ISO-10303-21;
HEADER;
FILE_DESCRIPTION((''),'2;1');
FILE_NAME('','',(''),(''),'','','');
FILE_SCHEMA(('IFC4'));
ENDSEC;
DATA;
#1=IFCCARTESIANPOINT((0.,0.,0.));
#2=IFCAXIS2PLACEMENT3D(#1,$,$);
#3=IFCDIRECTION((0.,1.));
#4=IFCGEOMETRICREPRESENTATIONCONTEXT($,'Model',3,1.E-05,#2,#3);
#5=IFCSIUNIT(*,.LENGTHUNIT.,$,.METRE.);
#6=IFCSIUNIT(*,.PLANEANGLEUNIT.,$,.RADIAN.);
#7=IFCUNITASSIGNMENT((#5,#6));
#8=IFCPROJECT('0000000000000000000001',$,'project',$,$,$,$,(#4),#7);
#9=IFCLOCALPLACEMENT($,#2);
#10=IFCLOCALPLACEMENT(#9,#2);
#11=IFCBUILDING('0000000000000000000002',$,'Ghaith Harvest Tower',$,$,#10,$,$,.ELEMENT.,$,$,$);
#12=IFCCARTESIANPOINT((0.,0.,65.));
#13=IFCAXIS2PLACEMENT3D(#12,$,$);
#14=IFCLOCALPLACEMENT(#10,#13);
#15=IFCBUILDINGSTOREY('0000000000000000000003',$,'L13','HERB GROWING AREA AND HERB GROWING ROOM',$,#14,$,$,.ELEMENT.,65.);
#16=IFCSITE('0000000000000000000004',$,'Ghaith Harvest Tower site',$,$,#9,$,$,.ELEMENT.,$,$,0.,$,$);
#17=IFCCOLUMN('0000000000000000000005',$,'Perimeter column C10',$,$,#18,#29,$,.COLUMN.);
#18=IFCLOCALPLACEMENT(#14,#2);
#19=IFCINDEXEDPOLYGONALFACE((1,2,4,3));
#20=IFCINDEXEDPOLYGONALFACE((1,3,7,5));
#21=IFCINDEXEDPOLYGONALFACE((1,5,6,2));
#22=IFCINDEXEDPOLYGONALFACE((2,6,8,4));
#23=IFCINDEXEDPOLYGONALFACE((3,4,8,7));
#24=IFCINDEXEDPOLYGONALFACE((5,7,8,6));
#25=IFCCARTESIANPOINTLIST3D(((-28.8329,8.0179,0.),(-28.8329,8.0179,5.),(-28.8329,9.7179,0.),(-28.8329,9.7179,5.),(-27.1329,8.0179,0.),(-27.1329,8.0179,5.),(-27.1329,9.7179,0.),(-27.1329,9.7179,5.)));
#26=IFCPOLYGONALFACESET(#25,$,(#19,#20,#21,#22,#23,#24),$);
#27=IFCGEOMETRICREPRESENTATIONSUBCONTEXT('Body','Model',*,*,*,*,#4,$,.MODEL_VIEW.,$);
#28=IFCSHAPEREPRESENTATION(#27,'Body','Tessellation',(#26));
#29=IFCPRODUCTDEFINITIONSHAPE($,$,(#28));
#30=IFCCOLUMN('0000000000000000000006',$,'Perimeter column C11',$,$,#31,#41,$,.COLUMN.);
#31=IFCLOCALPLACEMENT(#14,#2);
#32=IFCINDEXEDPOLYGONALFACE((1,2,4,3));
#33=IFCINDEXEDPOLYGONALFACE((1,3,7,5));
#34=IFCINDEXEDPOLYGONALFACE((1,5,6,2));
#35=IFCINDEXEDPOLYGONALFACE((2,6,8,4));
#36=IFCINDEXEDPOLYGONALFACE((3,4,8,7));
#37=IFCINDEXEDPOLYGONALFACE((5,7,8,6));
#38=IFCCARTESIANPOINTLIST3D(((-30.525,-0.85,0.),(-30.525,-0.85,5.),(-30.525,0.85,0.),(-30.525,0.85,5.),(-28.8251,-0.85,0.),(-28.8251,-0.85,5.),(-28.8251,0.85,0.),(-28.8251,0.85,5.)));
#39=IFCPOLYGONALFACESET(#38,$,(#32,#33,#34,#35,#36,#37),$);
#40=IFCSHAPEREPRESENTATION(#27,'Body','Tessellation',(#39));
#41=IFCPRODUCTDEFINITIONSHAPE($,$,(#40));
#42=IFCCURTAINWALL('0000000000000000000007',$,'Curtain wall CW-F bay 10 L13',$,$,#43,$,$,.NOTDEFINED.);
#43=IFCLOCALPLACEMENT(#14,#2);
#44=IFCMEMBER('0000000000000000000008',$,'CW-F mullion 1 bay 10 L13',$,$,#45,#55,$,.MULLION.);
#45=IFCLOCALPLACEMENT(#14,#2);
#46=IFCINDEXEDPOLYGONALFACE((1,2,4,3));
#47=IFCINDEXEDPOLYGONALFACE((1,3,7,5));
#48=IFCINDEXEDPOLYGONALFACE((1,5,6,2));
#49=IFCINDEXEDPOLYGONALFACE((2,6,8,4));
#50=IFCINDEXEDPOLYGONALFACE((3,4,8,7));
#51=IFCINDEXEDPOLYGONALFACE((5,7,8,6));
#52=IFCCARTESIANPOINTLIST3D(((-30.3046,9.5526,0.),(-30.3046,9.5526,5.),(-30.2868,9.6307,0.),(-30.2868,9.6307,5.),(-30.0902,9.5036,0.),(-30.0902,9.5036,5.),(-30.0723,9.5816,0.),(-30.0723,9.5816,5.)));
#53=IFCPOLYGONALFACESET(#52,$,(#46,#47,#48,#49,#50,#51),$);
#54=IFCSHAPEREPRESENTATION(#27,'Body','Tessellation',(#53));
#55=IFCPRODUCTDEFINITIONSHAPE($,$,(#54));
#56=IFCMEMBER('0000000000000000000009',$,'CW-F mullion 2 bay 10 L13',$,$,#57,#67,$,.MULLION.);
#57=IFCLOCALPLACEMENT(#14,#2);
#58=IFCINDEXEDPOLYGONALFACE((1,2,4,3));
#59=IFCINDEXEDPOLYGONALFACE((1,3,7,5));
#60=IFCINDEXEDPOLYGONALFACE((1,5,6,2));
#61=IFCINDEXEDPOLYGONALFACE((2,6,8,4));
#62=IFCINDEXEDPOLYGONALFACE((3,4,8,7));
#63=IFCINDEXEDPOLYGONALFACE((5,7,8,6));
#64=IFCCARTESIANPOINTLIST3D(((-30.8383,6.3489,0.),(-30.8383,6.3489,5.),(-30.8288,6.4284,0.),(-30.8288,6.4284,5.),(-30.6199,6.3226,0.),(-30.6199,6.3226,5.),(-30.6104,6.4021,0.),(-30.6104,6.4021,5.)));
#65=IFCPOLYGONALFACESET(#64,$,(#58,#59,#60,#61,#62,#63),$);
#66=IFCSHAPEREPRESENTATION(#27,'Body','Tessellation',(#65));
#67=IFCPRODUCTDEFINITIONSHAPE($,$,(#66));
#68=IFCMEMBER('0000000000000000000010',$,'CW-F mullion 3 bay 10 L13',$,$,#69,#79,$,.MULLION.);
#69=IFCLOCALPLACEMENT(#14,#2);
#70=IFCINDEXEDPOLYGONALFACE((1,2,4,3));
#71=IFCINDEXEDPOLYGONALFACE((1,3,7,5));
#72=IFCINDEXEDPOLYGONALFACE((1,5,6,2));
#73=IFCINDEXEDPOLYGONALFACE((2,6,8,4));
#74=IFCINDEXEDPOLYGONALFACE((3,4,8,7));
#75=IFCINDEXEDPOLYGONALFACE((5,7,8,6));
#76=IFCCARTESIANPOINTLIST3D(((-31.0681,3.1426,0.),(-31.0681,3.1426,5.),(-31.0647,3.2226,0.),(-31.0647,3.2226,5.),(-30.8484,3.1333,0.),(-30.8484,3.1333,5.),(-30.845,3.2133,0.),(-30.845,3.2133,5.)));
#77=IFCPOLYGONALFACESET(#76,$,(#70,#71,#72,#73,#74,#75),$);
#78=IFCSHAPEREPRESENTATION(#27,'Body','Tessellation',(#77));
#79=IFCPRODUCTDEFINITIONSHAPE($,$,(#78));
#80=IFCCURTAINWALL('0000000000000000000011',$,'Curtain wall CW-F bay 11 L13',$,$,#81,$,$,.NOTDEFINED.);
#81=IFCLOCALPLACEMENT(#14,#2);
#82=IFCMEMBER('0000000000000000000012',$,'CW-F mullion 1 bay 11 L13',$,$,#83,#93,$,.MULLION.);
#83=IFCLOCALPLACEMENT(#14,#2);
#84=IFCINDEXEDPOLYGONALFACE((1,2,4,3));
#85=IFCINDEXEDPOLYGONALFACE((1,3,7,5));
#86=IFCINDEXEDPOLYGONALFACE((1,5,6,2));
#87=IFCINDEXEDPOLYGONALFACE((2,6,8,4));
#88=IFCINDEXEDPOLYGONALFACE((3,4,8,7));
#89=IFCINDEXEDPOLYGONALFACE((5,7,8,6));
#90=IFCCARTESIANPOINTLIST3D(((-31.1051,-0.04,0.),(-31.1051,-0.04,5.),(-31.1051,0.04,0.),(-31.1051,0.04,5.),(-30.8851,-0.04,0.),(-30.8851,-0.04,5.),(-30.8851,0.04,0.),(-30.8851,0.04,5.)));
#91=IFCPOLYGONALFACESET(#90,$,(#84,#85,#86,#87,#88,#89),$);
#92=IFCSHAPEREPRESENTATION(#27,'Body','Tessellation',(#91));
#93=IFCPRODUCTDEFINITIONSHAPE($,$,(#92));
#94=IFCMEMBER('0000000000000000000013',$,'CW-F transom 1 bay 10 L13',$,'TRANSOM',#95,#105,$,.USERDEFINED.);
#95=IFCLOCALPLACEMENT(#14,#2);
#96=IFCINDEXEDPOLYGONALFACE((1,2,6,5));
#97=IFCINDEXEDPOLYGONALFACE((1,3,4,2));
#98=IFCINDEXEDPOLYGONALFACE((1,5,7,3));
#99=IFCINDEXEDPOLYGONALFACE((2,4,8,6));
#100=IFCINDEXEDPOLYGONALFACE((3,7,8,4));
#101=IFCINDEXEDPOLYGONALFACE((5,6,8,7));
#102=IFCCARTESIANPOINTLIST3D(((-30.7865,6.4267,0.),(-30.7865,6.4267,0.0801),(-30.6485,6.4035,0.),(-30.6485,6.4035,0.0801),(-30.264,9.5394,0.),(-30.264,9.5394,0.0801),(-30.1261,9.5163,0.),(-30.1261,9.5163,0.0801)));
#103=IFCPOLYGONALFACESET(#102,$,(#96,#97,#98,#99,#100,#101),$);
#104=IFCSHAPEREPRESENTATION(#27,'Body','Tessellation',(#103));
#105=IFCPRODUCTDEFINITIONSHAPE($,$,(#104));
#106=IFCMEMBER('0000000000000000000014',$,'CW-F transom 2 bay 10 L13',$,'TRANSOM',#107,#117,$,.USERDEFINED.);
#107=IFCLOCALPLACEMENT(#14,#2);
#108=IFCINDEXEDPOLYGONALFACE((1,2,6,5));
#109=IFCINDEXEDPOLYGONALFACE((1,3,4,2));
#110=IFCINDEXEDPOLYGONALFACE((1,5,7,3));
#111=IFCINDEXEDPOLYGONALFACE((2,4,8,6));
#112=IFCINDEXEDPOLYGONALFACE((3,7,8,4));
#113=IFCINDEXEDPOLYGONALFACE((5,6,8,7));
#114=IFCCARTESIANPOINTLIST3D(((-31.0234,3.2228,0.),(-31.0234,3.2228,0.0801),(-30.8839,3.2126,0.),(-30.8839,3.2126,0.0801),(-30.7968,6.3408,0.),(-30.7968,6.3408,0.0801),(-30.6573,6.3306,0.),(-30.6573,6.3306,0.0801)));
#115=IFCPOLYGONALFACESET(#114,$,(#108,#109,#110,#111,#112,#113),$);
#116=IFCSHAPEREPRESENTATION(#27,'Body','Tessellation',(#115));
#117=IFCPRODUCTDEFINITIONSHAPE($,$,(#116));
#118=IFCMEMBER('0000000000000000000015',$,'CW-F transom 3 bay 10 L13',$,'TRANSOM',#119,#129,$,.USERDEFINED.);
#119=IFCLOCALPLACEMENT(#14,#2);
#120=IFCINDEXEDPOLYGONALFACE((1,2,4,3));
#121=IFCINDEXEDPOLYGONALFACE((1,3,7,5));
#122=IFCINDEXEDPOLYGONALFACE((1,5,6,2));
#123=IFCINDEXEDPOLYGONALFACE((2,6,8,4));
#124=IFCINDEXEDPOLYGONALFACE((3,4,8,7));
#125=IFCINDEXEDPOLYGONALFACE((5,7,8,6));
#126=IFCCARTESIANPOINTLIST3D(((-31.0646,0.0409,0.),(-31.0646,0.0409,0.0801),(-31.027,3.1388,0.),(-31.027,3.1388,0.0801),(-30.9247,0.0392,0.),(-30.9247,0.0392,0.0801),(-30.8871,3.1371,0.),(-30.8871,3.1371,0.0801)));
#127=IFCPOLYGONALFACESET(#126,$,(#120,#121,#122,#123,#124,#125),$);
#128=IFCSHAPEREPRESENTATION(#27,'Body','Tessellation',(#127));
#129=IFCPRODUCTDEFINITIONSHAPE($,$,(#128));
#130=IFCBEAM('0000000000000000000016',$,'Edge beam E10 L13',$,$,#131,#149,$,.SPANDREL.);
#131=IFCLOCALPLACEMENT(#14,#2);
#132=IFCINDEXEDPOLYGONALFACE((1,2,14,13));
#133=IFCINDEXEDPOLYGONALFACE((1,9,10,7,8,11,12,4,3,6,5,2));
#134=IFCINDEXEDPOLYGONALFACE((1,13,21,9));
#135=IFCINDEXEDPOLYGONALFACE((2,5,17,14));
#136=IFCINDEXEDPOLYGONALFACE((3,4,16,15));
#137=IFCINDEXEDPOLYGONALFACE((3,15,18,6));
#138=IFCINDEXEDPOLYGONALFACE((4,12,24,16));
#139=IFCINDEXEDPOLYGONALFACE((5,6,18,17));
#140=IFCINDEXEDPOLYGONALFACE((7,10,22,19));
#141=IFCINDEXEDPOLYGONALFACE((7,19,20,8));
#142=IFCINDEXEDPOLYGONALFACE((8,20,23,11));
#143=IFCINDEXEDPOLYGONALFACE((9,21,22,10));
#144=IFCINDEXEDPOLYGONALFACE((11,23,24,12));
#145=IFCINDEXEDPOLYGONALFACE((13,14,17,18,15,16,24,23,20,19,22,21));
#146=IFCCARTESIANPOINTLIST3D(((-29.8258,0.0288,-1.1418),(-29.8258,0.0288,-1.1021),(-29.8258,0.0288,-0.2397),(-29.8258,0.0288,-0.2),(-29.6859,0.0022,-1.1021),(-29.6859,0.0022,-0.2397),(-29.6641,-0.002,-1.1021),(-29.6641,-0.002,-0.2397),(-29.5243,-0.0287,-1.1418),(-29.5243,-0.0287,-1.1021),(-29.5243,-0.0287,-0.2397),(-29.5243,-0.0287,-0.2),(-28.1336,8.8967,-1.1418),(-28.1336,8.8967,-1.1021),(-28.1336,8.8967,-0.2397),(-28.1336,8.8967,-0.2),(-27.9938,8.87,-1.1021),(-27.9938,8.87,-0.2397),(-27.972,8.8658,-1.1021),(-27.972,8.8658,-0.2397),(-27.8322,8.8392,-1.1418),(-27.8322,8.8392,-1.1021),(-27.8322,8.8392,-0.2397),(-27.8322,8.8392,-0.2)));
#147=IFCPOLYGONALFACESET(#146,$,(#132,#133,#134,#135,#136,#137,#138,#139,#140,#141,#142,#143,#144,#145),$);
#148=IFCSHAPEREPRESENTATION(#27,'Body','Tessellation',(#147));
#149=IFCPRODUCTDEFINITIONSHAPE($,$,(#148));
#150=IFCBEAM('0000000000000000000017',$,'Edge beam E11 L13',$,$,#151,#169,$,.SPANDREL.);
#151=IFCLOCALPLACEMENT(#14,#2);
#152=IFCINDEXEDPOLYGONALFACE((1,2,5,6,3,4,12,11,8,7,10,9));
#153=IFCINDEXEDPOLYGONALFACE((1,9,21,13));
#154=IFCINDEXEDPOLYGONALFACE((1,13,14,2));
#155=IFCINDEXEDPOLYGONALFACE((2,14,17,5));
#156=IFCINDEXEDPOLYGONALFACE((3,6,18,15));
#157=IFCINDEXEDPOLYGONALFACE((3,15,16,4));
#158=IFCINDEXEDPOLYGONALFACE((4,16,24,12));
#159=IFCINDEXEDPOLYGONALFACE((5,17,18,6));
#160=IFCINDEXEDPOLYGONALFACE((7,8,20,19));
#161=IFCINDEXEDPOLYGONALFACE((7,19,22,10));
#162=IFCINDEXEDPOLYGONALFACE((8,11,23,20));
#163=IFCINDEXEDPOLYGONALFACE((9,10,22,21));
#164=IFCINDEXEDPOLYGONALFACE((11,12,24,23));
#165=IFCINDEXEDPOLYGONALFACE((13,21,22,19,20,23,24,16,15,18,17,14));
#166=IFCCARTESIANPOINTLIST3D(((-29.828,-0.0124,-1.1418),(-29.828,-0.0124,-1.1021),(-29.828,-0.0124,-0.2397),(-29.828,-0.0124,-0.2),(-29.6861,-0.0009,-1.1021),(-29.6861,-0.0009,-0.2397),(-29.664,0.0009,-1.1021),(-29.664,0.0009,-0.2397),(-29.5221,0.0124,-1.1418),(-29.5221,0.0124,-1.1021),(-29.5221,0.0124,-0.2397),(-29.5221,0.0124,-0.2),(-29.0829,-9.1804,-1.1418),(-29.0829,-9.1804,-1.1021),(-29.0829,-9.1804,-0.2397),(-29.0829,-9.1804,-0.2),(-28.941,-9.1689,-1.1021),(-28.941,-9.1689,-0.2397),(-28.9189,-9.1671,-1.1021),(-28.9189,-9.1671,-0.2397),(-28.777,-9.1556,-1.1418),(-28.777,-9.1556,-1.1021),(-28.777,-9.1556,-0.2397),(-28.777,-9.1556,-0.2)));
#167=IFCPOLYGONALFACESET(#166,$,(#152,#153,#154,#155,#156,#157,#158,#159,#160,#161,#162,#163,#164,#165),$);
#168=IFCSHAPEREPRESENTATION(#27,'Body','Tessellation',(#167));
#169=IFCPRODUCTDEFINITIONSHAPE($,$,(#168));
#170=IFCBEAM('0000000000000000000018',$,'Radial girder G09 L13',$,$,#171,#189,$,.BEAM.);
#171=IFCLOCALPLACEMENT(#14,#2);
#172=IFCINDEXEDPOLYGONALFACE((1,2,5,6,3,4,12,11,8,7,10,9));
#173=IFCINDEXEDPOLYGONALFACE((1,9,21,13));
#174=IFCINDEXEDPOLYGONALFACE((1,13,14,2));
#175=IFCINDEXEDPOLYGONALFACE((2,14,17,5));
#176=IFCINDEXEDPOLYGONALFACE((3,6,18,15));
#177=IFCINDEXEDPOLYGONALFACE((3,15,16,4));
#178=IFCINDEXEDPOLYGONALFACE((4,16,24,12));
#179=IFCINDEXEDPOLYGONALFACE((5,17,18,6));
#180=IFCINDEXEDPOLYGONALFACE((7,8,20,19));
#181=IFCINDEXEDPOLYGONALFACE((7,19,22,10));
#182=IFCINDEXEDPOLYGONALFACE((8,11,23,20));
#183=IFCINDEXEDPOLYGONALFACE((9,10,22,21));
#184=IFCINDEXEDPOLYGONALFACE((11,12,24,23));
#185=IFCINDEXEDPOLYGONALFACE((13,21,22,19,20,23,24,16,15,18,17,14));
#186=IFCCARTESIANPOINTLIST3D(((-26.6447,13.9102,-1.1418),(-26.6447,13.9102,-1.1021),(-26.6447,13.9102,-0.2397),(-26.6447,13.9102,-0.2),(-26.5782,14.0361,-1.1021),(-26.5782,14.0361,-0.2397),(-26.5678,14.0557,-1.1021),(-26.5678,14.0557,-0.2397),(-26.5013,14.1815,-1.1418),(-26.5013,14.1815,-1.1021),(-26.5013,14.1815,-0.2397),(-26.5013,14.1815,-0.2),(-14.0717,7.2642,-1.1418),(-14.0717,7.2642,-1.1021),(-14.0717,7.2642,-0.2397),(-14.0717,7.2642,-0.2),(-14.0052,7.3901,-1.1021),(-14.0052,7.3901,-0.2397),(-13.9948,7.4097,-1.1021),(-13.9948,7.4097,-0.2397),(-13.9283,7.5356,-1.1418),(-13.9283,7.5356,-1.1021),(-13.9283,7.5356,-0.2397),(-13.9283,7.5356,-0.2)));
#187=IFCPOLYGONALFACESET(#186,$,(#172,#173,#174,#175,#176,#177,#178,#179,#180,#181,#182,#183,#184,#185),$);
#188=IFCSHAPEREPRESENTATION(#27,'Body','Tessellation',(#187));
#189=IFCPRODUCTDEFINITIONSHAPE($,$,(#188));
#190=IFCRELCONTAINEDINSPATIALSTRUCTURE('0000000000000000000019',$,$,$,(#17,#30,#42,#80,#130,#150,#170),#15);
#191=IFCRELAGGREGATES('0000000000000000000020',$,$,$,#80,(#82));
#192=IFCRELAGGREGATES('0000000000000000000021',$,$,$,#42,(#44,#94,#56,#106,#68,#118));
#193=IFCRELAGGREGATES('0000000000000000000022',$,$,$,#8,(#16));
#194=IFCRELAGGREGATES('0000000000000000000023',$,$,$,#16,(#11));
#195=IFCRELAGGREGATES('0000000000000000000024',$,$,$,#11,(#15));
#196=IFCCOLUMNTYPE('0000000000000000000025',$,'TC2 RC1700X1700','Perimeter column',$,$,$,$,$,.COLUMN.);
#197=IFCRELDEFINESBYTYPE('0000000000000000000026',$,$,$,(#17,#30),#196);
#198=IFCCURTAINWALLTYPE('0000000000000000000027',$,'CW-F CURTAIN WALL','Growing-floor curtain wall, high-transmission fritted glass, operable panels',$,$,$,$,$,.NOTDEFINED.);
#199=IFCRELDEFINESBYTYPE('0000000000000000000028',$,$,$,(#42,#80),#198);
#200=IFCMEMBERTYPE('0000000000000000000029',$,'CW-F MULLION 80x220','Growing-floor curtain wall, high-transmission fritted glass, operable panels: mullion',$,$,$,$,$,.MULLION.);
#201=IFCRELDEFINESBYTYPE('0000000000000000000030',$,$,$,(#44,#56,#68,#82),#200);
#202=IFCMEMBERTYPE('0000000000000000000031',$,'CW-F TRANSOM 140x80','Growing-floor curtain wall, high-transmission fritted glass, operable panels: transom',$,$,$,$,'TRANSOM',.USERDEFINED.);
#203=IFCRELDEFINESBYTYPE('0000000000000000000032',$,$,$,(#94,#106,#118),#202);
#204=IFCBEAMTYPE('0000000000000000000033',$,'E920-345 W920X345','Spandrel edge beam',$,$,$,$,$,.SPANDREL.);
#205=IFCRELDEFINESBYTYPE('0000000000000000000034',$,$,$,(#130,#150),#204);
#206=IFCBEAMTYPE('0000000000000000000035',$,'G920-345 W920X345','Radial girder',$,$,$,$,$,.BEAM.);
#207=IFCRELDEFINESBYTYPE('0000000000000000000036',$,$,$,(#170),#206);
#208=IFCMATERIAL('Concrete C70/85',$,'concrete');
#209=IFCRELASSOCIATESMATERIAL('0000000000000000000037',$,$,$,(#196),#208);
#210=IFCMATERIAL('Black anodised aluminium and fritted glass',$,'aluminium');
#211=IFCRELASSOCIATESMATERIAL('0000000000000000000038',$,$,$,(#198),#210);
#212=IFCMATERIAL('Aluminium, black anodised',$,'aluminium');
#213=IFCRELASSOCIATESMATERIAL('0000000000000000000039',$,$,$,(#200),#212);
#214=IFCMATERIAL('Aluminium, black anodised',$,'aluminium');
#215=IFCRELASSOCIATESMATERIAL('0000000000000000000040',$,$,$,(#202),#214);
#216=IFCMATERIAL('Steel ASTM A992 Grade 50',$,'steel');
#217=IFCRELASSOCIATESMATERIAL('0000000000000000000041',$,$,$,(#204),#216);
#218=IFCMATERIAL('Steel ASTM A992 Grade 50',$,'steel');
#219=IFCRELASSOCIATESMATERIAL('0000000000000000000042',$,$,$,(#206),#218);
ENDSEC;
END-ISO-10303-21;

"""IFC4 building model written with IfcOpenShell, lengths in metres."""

from ifc_helpers import new_model, si_unit, direction, frame, origin, origin_2d, place, context, subcontext, project, spatial, rectangle, i_section, extrude, material, material_profile, profile_set, type_object, element, aggregate, save


model = new_model("IFC4")

# Units and contexts
model_context = context("Model", 3, precision=1e-05, world=origin(), true_north=direction((0.0, 1.0)))
body_context = subcontext(model_context, "Body", "Model", "MODEL_VIEW")
ifc_project = project(units=[si_unit("LENGTHUNIT", "METRE"), si_unit("PLANEANGLEUNIT", "RADIAN")], contexts=[model_context])

# Site, building, storey
site_placement = place(None, origin())
site = spatial("IfcSite", under=ifc_project, at=site_placement, Name="Ghaith Harvest Tower site", CompositionType="ELEMENT", RefElevation=0.0)
building_placement = place(site_placement, origin())
building = spatial("IfcBuilding", under=site, at=building_placement, Name="Ghaith Harvest Tower", CompositionType="ELEMENT")
storey_placement = place(building_placement, frame((0.0, 0.0, 65.0)))
storey = spatial("IfcBuildingStorey", under=building, at=storey_placement, Name="L13", Description="HERB GROWING AREA AND HERB GROWING ROOM", CompositionType="ELEMENT", Elevation=65.0)

# Columns
ifc_material_1 = material(Name="Concrete C70/85", Category="concrete")
ifc_material_profile_1 = material_profile(ifc_material_1, rectangle(XDim=1.7, YDim=1.7, at=origin_2d()), Name="RC1700X1700")
ifc_profile_set_1 = profile_set([ifc_material_profile_1], Name="Concrete C70/85")
column_type = type_object("IfcColumnType", Name="TC2 RC1700X1700", Description="Perimeter column", PredefinedType="COLUMN", material=ifc_profile_set_1)
for number, where, z_axis, x_axis, name in (
    (1, (-27.9829, 8.8679, 0.0), (0.0, 0.0, 1.0), (1.0, 0.0, 0.0), "Perimeter column C10"),
    (2, (-29.675, 0.0, 0.0), (0.0, 0.0, 1.0), (1.0, 0.0, 0.0), "Perimeter column C11"),
):
    element("IfcColumn", number, at=place(storey_placement, frame(where, z_axis=z_axis, x_axis=x_axis)), inside=storey, type_object=column_type, Name=name, PredefinedType="COLUMN", context=body_context, shape_type="SweptSolid", body=[
        extrude(rectangle(XDim=1.7, YDim=1.7, at=origin_2d()), origin(), (0.0, 0.0, 1.0), 5.0),
    ])

# Curtain wall, members
ifc_material_2 = material(Name="Black anodised aluminium and fritted glass", Category="aluminium")
curtain_wall_type = type_object("IfcCurtainWallType", Name="CW-F CURTAIN WALL", Description="Growing-floor curtain wall, high-transmission fritted glass, operable panels", PredefinedType="NOTDEFINED", material=ifc_material_2)
curtain_wall_1_placement = place(storey_placement, origin())
curtain_wall_1 = element("IfcCurtainWall", 3, at=curtain_wall_1_placement, inside=storey, type_object=curtain_wall_type, Name="Curtain wall CW-F bay 10 L13", PredefinedType="NOTDEFINED")
ifc_material_3 = material(Name="Aluminium, black anodised", Category="aluminium")
ifc_material_profile_2 = material_profile(ifc_material_3, rectangle(XDim=0.0801, YDim=0.22, at=origin_2d()), Name="CW-F MULLION 80x220")
ifc_profile_set_2 = profile_set([ifc_material_profile_2], Name="Aluminium, black anodised")
member_type_1 = type_object("IfcMemberType", Name="CW-F MULLION 80x220", Description="Growing-floor curtain wall, high-transmission fritted glass, operable panels: mullion", PredefinedType="MULLION", material=ifc_profile_set_2)
member_1_placement = place(storey_placement, frame((-30.1885, 9.5671, 0.0), z_axis=(0.0, 0.0, 1.0), x_axis=(-0.222967, -0.974826, 0.0)))
member_1 = element("IfcMember", 4, at=member_1_placement, type_object=member_type_1, Name="CW-F mullion 1 bay 10 L13", PredefinedType="MULLION", context=body_context, shape_type="SweptSolid", body=[
    extrude(rectangle(XDim=0.0801, YDim=0.22, at=origin_2d()), origin(), (0.0, 0.0, 1.0), 5.0),
])
member_2_placement = place(storey_placement, frame((-30.7244, 6.3755, 0.0), z_axis=(0.0, 0.0, 1.0), x_axis=(-0.119353, -0.992852, 0.0)))
member_2 = element("IfcMember", 5, at=member_2_placement, type_object=member_type_1, Name="CW-F mullion 2 bay 10 L13", PredefinedType="MULLION", context=body_context, shape_type="SweptSolid", body=[
    extrude(rectangle(XDim=0.0801, YDim=0.22, at=origin_2d()), origin(), (0.0, 0.0, 1.0), 5.0),
])
member_3_placement = place(storey_placement, frame((-30.9565, 3.178, 0.0), z_axis=(0.0, 0.0, 1.0), x_axis=(-0.042427, -0.9991, 0.0)))
member_3 = element("IfcMember", 6, at=member_3_placement, type_object=member_type_1, Name="CW-F mullion 3 bay 10 L13", PredefinedType="MULLION", context=body_context, shape_type="SweptSolid", body=[
    extrude(rectangle(XDim=0.0801, YDim=0.22, at=origin_2d()), origin(), (0.0, 0.0, 1.0), 5.0),
])

# Curtain wall, member
curtain_wall_2_placement = place(storey_placement, origin())
curtain_wall_2 = element("IfcCurtainWall", 7, at=curtain_wall_2_placement, inside=storey, type_object=curtain_wall_type, Name="Curtain wall CW-F bay 11 L13", PredefinedType="NOTDEFINED")
member_4_placement = place(storey_placement, frame((-30.9951, 0.0, 0.0), z_axis=(0.0, 0.0, 1.0), x_axis=(0.0, -1.0, 0.0)))
member_4 = element("IfcMember", 8, at=member_4_placement, type_object=member_type_1, Name="CW-F mullion 1 bay 11 L13", PredefinedType="MULLION", context=body_context, shape_type="SweptSolid", body=[
    extrude(rectangle(XDim=0.0801, YDim=0.22, at=origin_2d()), origin(), (0.0, 0.0, 1.0), 5.0),
])
aggregate(curtain_wall_2, [member_4])

# Members
ifc_material_4 = material(Name="Aluminium, black anodised", Category="aluminium")
ifc_material_profile_3 = material_profile(ifc_material_4, rectangle(XDim=0.1399, YDim=0.0801, at=origin_2d()), Name="CW-F TRANSOM 140x80")
ifc_profile_set_3 = profile_set([ifc_material_profile_3], Name="Aluminium, black anodised")
member_type_2 = type_object("IfcMemberType", Name="CW-F TRANSOM 140x80", Description="Growing-floor curtain wall, high-transmission fritted glass, operable panels: transom", ElementType="TRANSOM", PredefinedType="USERDEFINED", material=ifc_profile_set_3)
member_5_placement = place(storey_placement, frame((-30.1951, 9.5278, 0.04), z_axis=(-0.165528, -0.986205, 0.0), x_axis=(0.986205, -0.165528, 0.0)))
member_5 = element("IfcMember", 9, at=member_5_placement, type_object=member_type_2, Name="CW-F transom 1 bay 10 L13", ObjectType="TRANSOM", PredefinedType="USERDEFINED", context=body_context, shape_type="SweptSolid", body=[
    extrude(rectangle(XDim=0.1399, YDim=0.0801, at=origin_2d()), origin(), (0.0, 0.0, 1.0), 3.1562),
])
member_6_placement = place(storey_placement, frame((-30.7271, 6.3357, 0.04), z_axis=(-0.072474, -0.99737, 0.0), x_axis=(0.99737, -0.072474, 0.0)))
member_6 = element("IfcMember", 10, at=member_6_placement, type_object=member_type_2, Name="CW-F transom 2 bay 10 L13", ObjectType="TRANSOM", PredefinedType="USERDEFINED", context=body_context, shape_type="SweptSolid", body=[
    extrude(rectangle(XDim=0.1399, YDim=0.0801, at=origin_2d()), origin(), (0.0, 0.0, 1.0), 3.1262),
])
member_7_placement = place(storey_placement, frame((-30.957, 3.1379, 0.04), z_axis=(-0.012136, -0.999926, 0.0), x_axis=(0.999926, -0.012136, 0.0)))
member_7 = element("IfcMember", 11, at=member_7_placement, type_object=member_type_2, Name="CW-F transom 3 bay 10 L13", ObjectType="TRANSOM", PredefinedType="USERDEFINED", context=body_context, shape_type="SweptSolid", body=[
    extrude(rectangle(XDim=0.1399, YDim=0.0801, at=origin_2d()), origin(), (0.0, 0.0, 1.0), 3.0981),
])

# Beams
ifc_material_5 = material(Name="Steel ASTM A992 Grade 50", Category="steel")
ifc_material_profile_4 = material_profile(ifc_material_5, i_section(OverallWidth=0.3069, OverallDepth=0.9419, WebThickness=0.0222, FlangeThickness=0.0398, at=origin_2d()), Name="W920X345")
ifc_profile_set_4 = profile_set([ifc_material_profile_4], Name="Steel ASTM A992 Grade 50")
beam_type_1 = type_object("IfcBeamType", Name="E920-345 W920X345", Description="Spandrel edge beam", PredefinedType="SPANDREL", material=ifc_profile_set_4)
beam_1_placement = place(storey_placement, frame((-27.9829, 8.8679, -0.6709), z_axis=(-0.187434, -0.982277, 0.0), x_axis=(0.982277, -0.187434, 0.0)))
element("IfcBeam", 12, at=beam_1_placement, inside=storey, type_object=beam_type_1, Name="Edge beam E10 L13", PredefinedType="SPANDREL", context=body_context, shape_type="SweptSolid", body=[
    extrude(i_section(OverallWidth=0.3069, OverallDepth=0.9419, WebThickness=0.0222, FlangeThickness=0.0398, at=origin_2d()), origin(), (0.0, 0.0, 1.0), 9.0278),
])
beam_2_placement = place(storey_placement, frame((-29.675, 0.0, -0.6709), z_axis=(0.081007, -0.996714, 0.0), x_axis=(0.996714, 0.081007, 0.0)))
element("IfcBeam", 13, at=beam_2_placement, inside=storey, type_object=beam_type_1, Name="Edge beam E11 L13", PredefinedType="SPANDREL", context=body_context, shape_type="SweptSolid", body=[
    extrude(i_section(OverallWidth=0.3069, OverallDepth=0.9419, WebThickness=0.0222, FlangeThickness=0.0398, at=origin_2d()), origin(), (0.0, 0.0, 1.0), 9.1982),
])
ifc_material_6 = material(Name="Steel ASTM A992 Grade 50", Category="steel")
ifc_material_profile_5 = material_profile(ifc_material_6, i_section(OverallWidth=0.3069, OverallDepth=0.9419, WebThickness=0.0222, FlangeThickness=0.0398, at=origin_2d()), Name="W920X345")
ifc_profile_set_5 = profile_set([ifc_material_profile_5], Name="Steel ASTM A992 Grade 50")
beam_type_2 = type_object("IfcBeamType", Name="G920-345 W920X345", Description="Radial girder", PredefinedType="BEAM", material=ifc_profile_set_5)
beam_3_placement = place(storey_placement, frame((-14.0, 7.3999, -0.6709), z_axis=(-0.884087, 0.467322, 0.0), x_axis=(-0.467322, -0.884087, 0.0)))
element("IfcBeam", 14, at=beam_3_placement, inside=storey, type_object=beam_type_2, Name="Radial girder G09 L13", PredefinedType="BEAM", context=body_context, shape_type="SweptSolid", body=[
    extrude(i_section(OverallWidth=0.3069, OverallDepth=0.9419, WebThickness=0.0222, FlangeThickness=0.0398, at=origin_2d()), origin(), (0.0, 0.0, 1.0), 14.2214),
])

aggregate(curtain_wall_1, [member_1, member_5, member_2, member_6, member_3, member_7])

save(model, "model.ifc")
